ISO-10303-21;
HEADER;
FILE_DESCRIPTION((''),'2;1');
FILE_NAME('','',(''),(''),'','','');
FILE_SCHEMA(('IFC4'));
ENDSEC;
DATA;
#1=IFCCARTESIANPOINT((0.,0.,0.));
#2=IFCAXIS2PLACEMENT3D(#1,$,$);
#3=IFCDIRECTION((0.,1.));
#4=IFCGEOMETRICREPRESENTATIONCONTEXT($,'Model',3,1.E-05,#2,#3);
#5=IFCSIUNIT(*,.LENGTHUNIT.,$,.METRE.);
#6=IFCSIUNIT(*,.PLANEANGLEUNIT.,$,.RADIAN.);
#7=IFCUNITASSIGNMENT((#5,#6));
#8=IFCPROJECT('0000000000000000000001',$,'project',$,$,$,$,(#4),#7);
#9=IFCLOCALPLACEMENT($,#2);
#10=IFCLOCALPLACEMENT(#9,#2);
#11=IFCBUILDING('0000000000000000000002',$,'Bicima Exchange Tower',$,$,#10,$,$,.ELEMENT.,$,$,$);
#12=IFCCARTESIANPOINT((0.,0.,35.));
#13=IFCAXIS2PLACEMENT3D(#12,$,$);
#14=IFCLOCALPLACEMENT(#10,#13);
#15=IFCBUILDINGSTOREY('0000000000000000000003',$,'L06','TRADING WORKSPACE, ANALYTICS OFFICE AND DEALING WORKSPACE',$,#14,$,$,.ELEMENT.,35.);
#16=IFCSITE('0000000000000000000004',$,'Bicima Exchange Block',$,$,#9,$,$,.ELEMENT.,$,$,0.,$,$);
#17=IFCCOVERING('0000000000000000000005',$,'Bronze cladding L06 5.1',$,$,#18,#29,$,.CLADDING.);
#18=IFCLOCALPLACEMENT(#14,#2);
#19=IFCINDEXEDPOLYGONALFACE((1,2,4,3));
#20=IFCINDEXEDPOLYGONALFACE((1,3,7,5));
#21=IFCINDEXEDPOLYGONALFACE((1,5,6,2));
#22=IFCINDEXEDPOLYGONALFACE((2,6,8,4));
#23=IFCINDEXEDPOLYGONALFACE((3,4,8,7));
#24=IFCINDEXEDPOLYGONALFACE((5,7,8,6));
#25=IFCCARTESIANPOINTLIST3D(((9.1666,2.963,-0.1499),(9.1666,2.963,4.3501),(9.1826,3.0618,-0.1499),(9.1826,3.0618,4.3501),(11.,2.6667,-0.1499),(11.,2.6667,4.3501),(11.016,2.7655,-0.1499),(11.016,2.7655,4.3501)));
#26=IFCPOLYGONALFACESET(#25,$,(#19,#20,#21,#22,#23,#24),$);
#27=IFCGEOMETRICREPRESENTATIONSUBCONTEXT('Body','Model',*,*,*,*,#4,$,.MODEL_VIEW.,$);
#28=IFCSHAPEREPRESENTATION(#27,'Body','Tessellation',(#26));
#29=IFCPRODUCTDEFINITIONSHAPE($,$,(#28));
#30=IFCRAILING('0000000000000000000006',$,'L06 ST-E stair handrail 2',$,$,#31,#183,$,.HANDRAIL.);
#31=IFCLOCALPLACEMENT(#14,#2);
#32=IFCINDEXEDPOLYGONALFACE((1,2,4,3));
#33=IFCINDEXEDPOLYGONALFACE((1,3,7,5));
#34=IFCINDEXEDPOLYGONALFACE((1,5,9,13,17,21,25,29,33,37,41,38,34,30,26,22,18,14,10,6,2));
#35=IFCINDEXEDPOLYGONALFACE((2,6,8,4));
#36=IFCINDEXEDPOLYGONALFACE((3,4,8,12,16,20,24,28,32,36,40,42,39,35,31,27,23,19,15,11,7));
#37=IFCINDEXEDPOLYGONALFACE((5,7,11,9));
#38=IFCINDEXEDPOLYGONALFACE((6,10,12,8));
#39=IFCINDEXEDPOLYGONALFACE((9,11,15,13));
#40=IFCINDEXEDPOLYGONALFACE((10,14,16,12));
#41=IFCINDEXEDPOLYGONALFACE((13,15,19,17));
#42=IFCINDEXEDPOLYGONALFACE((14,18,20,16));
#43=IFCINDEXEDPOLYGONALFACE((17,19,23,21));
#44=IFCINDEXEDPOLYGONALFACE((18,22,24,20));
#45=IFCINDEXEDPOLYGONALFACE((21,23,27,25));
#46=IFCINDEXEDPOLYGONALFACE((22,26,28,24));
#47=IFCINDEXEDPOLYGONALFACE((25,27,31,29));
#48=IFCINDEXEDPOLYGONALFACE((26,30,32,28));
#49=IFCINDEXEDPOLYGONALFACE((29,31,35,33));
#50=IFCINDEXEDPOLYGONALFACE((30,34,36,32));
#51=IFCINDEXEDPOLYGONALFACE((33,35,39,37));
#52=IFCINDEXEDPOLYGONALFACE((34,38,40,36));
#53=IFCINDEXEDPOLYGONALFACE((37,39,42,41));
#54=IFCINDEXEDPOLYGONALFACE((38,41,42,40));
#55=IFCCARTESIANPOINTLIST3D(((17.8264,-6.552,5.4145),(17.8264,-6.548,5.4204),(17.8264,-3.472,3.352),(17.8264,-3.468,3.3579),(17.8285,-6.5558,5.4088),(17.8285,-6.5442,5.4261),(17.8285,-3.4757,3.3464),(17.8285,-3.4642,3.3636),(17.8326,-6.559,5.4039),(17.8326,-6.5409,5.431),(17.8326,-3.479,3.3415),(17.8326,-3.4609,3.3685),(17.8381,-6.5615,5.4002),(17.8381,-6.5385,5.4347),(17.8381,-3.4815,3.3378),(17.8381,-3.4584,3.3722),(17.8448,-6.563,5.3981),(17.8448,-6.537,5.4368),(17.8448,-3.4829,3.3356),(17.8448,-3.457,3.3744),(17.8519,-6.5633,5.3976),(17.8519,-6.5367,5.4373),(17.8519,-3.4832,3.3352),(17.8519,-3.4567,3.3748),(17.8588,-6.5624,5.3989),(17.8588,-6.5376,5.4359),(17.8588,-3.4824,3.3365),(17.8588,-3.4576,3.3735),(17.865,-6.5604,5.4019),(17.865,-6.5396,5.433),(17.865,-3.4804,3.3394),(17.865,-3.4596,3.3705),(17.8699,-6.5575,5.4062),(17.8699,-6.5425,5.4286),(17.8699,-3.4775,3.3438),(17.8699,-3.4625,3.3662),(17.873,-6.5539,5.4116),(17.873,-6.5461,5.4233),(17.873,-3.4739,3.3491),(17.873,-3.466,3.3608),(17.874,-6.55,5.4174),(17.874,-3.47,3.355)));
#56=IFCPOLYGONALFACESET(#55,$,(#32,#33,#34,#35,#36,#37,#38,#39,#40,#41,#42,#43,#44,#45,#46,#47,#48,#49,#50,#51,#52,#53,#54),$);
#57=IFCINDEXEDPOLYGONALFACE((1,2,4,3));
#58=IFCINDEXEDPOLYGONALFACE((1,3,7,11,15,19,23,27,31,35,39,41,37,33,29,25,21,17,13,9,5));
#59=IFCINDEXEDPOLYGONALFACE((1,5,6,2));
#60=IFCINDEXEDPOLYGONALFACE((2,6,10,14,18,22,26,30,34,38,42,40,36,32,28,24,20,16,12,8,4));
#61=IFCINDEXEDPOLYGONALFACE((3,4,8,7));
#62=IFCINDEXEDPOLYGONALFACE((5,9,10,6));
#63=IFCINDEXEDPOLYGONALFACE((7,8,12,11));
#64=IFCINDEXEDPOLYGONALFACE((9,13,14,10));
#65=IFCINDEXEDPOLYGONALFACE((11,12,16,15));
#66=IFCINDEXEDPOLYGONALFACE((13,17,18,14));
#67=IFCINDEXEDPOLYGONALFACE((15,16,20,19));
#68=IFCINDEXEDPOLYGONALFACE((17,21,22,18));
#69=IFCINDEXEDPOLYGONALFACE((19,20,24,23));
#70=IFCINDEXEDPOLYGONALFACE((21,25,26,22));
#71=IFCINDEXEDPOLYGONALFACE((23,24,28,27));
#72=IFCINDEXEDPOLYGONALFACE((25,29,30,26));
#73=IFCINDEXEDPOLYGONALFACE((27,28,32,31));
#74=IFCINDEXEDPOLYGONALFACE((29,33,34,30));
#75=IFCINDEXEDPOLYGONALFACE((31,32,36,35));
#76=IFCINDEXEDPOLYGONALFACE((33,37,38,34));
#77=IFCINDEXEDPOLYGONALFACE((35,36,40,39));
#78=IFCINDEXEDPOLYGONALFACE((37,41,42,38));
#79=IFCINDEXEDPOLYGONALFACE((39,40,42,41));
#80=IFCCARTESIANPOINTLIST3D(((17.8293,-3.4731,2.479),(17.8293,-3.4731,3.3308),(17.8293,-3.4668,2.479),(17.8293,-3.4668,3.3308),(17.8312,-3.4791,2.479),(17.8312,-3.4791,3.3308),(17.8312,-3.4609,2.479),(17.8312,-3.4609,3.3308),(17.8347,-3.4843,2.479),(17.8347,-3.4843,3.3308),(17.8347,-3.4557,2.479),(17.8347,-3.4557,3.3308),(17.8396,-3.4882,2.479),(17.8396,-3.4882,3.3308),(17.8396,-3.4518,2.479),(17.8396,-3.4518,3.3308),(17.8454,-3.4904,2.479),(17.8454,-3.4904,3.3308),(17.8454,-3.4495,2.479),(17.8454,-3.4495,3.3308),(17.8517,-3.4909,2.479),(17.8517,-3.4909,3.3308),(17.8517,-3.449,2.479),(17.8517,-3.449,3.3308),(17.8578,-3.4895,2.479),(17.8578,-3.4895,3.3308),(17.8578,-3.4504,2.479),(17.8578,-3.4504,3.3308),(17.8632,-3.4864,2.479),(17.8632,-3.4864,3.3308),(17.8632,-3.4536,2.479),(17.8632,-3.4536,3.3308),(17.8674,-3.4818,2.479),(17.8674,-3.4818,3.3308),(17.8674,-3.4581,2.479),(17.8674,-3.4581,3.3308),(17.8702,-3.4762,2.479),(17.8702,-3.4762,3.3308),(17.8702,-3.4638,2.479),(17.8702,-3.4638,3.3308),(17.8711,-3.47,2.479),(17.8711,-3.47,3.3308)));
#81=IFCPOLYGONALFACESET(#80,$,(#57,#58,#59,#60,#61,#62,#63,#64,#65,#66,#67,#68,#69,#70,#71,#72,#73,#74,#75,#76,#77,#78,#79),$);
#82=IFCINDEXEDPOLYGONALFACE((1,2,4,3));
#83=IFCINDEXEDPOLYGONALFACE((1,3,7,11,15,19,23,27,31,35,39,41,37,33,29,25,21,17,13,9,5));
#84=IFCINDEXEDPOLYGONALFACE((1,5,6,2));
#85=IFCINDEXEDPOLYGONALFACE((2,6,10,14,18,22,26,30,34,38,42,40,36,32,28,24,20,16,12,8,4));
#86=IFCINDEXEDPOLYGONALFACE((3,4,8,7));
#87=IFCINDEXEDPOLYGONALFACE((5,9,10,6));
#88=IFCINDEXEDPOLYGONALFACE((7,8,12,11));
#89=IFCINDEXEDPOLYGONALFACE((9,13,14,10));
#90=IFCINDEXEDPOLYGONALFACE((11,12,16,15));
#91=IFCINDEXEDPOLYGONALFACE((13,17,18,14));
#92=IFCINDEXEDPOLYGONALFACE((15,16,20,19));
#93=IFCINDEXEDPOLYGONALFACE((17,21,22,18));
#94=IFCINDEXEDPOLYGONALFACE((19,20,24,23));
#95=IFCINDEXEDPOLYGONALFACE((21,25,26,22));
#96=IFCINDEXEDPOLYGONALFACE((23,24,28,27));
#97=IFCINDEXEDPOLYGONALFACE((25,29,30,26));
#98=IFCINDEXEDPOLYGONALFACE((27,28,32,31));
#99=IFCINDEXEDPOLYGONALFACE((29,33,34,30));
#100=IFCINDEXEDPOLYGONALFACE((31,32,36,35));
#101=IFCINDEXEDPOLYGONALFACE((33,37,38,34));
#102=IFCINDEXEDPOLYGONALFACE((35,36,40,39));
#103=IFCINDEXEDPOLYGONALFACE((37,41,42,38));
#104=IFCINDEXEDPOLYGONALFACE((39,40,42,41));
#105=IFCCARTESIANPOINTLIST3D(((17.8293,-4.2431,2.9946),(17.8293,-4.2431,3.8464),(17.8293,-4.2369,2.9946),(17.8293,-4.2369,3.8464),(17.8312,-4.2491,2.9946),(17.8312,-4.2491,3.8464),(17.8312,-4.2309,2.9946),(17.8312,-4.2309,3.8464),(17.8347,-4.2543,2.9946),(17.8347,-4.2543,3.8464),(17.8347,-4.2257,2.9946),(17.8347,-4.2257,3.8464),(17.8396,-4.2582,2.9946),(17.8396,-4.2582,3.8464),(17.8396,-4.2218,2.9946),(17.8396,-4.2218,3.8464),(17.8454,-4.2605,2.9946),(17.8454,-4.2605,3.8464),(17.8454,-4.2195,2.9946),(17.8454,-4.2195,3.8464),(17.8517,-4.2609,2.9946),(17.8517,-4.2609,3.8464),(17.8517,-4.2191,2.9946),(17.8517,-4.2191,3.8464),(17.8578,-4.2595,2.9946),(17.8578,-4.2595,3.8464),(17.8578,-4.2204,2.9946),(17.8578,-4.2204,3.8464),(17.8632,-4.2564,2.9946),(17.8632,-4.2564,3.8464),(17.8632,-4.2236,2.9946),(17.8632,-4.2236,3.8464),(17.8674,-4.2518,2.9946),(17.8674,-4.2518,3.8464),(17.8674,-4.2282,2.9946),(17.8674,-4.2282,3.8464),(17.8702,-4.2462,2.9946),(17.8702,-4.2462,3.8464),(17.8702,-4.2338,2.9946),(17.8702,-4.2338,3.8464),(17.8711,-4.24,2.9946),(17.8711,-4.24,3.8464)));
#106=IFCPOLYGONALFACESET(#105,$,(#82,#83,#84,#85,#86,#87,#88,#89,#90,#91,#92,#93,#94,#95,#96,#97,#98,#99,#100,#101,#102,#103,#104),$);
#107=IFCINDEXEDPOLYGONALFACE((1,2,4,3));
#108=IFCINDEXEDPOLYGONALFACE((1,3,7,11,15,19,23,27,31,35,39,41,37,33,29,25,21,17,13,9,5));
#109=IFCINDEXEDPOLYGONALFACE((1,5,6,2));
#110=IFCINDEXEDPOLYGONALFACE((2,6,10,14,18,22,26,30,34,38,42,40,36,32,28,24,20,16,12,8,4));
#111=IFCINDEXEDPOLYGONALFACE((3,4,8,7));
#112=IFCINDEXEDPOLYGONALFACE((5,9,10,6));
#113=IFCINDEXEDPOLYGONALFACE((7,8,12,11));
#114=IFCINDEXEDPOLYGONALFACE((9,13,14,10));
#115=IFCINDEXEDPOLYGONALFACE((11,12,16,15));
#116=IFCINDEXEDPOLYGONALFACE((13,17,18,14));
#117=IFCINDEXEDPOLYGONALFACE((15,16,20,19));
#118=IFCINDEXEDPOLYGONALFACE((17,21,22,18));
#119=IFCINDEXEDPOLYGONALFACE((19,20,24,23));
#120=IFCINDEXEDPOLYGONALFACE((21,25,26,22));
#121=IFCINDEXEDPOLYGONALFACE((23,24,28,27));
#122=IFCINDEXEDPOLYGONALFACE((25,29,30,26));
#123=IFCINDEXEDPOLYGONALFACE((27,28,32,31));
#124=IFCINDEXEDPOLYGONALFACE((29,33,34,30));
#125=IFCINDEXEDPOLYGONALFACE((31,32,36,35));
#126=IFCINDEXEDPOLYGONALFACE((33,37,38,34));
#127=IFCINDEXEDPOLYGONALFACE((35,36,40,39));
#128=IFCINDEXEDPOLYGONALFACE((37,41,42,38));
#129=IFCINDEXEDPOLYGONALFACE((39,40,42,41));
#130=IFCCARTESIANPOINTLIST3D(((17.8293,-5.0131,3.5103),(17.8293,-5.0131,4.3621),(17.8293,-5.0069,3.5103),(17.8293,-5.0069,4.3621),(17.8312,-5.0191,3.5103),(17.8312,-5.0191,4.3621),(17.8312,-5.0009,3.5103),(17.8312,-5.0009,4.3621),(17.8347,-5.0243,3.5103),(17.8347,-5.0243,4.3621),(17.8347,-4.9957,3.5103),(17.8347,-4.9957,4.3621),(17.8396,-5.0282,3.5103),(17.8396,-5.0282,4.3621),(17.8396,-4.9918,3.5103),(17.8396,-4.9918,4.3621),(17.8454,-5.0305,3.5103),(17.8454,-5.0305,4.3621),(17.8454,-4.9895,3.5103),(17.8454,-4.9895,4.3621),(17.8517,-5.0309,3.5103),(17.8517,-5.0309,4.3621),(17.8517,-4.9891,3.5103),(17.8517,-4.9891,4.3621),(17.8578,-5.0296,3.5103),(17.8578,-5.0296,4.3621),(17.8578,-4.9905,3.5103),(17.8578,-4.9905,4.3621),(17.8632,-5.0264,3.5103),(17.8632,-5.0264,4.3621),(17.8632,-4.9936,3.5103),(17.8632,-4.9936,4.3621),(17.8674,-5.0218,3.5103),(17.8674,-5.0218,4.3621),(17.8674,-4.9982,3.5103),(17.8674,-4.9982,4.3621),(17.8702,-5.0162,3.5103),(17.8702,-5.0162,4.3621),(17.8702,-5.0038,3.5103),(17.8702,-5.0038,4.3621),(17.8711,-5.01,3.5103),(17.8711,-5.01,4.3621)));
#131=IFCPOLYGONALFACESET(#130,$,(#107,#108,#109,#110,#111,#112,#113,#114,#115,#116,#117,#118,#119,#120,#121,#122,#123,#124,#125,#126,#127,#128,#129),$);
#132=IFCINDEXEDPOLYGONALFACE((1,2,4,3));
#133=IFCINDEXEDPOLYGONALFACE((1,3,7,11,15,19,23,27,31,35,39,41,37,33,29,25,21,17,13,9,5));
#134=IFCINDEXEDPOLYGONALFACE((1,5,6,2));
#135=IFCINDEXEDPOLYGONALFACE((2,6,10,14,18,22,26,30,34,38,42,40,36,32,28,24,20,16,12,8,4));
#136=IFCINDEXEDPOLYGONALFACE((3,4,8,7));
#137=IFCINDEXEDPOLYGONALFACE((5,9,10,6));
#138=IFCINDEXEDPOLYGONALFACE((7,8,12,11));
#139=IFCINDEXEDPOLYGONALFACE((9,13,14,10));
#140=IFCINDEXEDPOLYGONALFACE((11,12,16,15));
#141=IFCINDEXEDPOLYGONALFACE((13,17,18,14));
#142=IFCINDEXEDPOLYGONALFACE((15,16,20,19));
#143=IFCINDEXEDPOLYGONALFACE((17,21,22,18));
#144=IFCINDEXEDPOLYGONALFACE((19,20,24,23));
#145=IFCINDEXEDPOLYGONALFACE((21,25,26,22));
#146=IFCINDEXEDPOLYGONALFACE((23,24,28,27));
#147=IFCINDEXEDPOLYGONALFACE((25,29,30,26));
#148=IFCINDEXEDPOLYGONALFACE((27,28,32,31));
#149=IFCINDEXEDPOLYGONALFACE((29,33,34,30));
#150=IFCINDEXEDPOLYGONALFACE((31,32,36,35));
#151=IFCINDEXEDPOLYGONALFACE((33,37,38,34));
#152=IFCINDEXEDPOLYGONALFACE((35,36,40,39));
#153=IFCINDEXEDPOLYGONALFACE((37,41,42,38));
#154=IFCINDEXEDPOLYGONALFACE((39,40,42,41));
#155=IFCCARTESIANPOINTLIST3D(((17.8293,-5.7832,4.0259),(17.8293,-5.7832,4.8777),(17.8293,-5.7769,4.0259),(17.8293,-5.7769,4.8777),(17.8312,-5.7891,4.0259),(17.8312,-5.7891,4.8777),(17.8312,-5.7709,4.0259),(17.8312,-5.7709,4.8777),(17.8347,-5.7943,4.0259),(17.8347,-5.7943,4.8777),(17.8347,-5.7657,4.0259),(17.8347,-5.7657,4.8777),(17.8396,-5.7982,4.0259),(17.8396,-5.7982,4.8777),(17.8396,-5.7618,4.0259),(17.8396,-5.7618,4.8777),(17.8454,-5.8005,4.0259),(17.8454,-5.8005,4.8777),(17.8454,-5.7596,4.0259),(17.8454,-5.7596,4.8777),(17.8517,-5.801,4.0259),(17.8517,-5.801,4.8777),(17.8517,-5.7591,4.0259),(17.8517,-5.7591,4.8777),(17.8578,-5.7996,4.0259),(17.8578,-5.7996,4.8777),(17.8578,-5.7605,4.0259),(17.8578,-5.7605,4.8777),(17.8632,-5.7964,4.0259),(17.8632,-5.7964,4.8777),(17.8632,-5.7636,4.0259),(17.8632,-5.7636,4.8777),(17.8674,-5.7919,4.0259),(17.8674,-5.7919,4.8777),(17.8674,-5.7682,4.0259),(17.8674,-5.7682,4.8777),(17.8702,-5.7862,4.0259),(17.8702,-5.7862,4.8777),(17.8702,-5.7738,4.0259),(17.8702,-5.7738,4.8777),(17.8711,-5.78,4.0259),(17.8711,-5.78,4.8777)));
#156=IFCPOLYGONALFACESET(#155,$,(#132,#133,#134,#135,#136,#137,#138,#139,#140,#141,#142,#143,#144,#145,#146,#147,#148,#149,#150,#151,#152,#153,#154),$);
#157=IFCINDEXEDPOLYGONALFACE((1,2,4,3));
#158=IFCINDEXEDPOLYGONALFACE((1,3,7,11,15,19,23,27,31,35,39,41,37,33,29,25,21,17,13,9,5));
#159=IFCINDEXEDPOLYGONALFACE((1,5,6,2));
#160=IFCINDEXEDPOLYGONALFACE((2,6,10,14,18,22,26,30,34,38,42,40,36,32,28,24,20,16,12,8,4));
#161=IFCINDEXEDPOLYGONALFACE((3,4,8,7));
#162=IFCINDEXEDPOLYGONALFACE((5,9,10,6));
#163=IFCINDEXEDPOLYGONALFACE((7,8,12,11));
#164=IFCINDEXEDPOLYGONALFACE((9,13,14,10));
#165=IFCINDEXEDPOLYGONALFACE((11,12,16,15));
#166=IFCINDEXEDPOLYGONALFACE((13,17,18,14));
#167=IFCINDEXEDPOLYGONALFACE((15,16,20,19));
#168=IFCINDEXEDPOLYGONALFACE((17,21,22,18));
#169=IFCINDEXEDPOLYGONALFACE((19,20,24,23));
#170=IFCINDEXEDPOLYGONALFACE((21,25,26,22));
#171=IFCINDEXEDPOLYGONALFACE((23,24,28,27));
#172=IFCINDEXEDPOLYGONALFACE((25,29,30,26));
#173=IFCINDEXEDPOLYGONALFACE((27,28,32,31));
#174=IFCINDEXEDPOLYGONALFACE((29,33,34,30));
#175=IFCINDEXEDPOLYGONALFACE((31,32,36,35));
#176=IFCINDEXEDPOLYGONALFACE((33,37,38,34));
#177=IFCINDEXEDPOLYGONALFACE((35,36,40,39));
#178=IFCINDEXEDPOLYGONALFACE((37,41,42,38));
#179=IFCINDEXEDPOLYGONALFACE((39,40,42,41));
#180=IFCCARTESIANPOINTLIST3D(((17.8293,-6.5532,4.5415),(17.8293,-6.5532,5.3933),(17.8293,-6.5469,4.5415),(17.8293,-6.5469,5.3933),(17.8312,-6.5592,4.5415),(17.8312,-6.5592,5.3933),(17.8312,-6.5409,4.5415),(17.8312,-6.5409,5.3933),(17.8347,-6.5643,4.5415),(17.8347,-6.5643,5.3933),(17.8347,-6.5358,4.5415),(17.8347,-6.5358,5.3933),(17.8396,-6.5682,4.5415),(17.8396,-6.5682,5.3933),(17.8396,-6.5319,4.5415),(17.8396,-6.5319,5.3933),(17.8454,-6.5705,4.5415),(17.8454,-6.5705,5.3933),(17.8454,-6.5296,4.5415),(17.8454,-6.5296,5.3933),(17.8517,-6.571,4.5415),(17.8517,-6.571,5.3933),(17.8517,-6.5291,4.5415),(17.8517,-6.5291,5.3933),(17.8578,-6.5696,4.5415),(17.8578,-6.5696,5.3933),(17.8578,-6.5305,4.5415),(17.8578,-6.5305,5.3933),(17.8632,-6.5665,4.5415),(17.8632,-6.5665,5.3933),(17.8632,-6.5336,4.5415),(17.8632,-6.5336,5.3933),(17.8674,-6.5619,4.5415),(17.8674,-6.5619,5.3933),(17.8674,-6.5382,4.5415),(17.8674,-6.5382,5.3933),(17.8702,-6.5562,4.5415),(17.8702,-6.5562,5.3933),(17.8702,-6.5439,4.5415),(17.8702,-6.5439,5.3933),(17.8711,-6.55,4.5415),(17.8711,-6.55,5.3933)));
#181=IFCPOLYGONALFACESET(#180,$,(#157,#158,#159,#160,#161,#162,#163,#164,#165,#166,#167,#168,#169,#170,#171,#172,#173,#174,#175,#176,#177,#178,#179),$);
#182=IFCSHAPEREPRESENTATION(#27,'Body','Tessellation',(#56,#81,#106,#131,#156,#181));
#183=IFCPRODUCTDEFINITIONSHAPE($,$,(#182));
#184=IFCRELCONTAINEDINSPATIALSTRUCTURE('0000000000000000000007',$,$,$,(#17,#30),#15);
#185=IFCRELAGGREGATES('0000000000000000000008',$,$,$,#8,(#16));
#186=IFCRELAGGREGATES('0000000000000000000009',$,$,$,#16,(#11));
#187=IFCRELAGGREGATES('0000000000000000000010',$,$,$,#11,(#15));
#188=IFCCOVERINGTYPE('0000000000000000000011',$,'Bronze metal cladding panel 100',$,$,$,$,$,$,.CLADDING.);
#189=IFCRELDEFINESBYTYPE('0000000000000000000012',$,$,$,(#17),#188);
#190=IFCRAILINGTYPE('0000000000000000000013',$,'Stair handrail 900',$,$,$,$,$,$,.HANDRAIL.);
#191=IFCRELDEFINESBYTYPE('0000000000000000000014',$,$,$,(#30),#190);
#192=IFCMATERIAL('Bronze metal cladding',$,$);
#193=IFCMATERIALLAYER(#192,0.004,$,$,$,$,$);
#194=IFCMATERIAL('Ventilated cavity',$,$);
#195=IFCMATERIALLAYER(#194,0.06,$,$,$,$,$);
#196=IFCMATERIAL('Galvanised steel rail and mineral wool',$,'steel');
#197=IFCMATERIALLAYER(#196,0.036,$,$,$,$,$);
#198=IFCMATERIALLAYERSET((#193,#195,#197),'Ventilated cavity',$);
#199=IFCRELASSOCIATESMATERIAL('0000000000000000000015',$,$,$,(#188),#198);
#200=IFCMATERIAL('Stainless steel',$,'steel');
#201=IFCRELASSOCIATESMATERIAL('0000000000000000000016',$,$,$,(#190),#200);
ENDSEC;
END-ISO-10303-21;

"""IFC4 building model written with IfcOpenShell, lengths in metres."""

from ifc_helpers import new_model, si_unit, direction, frame, origin, origin_2d, place, context, subcontext, project, spatial, rectangle, circle, extrude, material, layer, layer_set, type_object, element, save


model = new_model("IFC4")

# Units and contexts
model_context = context("Model", 3, precision=1e-05, world=origin(), true_north=direction((0.0, 1.0)))
body_context = subcontext(model_context, "Body", "Model", "MODEL_VIEW")
ifc_project = project(units=[si_unit("LENGTHUNIT", "METRE"), si_unit("PLANEANGLEUNIT", "RADIAN")], contexts=[model_context])

# Site, building, storey
site_placement = place(None, origin())
site = spatial("IfcSite", under=ifc_project, at=site_placement, Name="Bicima Exchange Block", CompositionType="ELEMENT", RefElevation=0.0)
building_placement = place(site_placement, origin())
building = spatial("IfcBuilding", under=site, at=building_placement, Name="Bicima Exchange Tower", CompositionType="ELEMENT")
storey_placement = place(building_placement, frame((0.0, 0.0, 35.0)))
storey = spatial("IfcBuildingStorey", under=building, at=storey_placement, Name="L06", Description="TRADING WORKSPACE, ANALYTICS OFFICE AND DEALING WORKSPACE", CompositionType="ELEMENT", Elevation=35.0)

# Covering
ifc_material_1 = material(Name="Bronze metal cladding")
ifc_layer_1 = layer(ifc_material_1, 0.004)
ifc_material_2 = material(Name="Ventilated cavity")
ifc_layer_2 = layer(ifc_material_2, 0.06)
ifc_material_3 = material(Name="Galvanised steel rail and mineral wool", Category="steel")
ifc_layer_3 = layer(ifc_material_3, 0.036)
ifc_layer_set_1 = layer_set([ifc_layer_1, ifc_layer_2, ifc_layer_3], Name="Ventilated cavity")
covering_type = type_object("IfcCoveringType", Name="Bronze metal cladding panel 100", PredefinedType="CLADDING", material=ifc_layer_set_1)
covering_1_placement = place(storey_placement, frame((10.0913, 2.8643, -0.1499), z_axis=(0.0, 0.0, 1.0), x_axis=(-0.98719, 0.15955, 0.0)))
element("IfcCovering", 1, at=covering_1_placement, inside=storey, type_object=covering_type, Name="Bronze cladding L06 5.1", PredefinedType="CLADDING", context=body_context, shape_type="SweptSolid", body=[
    extrude(rectangle(XDim=1.8572, YDim=0.1001, at=origin_2d()), origin(), (0.0, 0.0, 1.0), 4.5),
])

# Railing
ifc_material_4 = material(Name="Stainless steel", Category="steel")
railing_type_1 = type_object("IfcRailingType", Name="Stair handrail 900", PredefinedType="HANDRAIL", material=ifc_material_4)
railing_1_placement = place(storey_placement, frame((17.8501, -3.47, 2.479)))
element("IfcRailing", 2, at=railing_1_placement, inside=storey, type_object=railing_type_1, Name="L06 ST-E stair handrail 2", PredefinedType="HANDRAIL", context=body_context, shape_type="SweptSolid", body=[
    extrude(circle(Radius=0.0239, at=origin_2d()), frame((0.0, 0.0, 0.876), z_axis=(0.0, -0.830914, 0.556401), x_axis=(1.0, 0.0, 0.0)), (0.0, 0.0, 1.0), 3.7068),
    extrude(circle(Radius=0.021, at=origin_2d()), origin(), (0.0, 0.0, 1.0), 0.8518),
    extrude(circle(Radius=0.021, at=origin_2d()), frame((0.0, -0.77, 0.5156)), (0.0, 0.0, 1.0), 0.8518),
    extrude(circle(Radius=0.021, at=origin_2d()), frame((0.0, -1.54, 1.0312)), (0.0, 0.0, 1.0), 0.8518),
    extrude(circle(Radius=0.021, at=origin_2d()), frame((0.0, -2.3101, 1.5469)), (0.0, 0.0, 1.0), 0.8518),
    extrude(circle(Radius=0.021, at=origin_2d()), frame((0.0, -3.0801, 2.0625)), (0.0, 0.0, 1.0), 0.8518),
])

save(model, "model.ifc")
